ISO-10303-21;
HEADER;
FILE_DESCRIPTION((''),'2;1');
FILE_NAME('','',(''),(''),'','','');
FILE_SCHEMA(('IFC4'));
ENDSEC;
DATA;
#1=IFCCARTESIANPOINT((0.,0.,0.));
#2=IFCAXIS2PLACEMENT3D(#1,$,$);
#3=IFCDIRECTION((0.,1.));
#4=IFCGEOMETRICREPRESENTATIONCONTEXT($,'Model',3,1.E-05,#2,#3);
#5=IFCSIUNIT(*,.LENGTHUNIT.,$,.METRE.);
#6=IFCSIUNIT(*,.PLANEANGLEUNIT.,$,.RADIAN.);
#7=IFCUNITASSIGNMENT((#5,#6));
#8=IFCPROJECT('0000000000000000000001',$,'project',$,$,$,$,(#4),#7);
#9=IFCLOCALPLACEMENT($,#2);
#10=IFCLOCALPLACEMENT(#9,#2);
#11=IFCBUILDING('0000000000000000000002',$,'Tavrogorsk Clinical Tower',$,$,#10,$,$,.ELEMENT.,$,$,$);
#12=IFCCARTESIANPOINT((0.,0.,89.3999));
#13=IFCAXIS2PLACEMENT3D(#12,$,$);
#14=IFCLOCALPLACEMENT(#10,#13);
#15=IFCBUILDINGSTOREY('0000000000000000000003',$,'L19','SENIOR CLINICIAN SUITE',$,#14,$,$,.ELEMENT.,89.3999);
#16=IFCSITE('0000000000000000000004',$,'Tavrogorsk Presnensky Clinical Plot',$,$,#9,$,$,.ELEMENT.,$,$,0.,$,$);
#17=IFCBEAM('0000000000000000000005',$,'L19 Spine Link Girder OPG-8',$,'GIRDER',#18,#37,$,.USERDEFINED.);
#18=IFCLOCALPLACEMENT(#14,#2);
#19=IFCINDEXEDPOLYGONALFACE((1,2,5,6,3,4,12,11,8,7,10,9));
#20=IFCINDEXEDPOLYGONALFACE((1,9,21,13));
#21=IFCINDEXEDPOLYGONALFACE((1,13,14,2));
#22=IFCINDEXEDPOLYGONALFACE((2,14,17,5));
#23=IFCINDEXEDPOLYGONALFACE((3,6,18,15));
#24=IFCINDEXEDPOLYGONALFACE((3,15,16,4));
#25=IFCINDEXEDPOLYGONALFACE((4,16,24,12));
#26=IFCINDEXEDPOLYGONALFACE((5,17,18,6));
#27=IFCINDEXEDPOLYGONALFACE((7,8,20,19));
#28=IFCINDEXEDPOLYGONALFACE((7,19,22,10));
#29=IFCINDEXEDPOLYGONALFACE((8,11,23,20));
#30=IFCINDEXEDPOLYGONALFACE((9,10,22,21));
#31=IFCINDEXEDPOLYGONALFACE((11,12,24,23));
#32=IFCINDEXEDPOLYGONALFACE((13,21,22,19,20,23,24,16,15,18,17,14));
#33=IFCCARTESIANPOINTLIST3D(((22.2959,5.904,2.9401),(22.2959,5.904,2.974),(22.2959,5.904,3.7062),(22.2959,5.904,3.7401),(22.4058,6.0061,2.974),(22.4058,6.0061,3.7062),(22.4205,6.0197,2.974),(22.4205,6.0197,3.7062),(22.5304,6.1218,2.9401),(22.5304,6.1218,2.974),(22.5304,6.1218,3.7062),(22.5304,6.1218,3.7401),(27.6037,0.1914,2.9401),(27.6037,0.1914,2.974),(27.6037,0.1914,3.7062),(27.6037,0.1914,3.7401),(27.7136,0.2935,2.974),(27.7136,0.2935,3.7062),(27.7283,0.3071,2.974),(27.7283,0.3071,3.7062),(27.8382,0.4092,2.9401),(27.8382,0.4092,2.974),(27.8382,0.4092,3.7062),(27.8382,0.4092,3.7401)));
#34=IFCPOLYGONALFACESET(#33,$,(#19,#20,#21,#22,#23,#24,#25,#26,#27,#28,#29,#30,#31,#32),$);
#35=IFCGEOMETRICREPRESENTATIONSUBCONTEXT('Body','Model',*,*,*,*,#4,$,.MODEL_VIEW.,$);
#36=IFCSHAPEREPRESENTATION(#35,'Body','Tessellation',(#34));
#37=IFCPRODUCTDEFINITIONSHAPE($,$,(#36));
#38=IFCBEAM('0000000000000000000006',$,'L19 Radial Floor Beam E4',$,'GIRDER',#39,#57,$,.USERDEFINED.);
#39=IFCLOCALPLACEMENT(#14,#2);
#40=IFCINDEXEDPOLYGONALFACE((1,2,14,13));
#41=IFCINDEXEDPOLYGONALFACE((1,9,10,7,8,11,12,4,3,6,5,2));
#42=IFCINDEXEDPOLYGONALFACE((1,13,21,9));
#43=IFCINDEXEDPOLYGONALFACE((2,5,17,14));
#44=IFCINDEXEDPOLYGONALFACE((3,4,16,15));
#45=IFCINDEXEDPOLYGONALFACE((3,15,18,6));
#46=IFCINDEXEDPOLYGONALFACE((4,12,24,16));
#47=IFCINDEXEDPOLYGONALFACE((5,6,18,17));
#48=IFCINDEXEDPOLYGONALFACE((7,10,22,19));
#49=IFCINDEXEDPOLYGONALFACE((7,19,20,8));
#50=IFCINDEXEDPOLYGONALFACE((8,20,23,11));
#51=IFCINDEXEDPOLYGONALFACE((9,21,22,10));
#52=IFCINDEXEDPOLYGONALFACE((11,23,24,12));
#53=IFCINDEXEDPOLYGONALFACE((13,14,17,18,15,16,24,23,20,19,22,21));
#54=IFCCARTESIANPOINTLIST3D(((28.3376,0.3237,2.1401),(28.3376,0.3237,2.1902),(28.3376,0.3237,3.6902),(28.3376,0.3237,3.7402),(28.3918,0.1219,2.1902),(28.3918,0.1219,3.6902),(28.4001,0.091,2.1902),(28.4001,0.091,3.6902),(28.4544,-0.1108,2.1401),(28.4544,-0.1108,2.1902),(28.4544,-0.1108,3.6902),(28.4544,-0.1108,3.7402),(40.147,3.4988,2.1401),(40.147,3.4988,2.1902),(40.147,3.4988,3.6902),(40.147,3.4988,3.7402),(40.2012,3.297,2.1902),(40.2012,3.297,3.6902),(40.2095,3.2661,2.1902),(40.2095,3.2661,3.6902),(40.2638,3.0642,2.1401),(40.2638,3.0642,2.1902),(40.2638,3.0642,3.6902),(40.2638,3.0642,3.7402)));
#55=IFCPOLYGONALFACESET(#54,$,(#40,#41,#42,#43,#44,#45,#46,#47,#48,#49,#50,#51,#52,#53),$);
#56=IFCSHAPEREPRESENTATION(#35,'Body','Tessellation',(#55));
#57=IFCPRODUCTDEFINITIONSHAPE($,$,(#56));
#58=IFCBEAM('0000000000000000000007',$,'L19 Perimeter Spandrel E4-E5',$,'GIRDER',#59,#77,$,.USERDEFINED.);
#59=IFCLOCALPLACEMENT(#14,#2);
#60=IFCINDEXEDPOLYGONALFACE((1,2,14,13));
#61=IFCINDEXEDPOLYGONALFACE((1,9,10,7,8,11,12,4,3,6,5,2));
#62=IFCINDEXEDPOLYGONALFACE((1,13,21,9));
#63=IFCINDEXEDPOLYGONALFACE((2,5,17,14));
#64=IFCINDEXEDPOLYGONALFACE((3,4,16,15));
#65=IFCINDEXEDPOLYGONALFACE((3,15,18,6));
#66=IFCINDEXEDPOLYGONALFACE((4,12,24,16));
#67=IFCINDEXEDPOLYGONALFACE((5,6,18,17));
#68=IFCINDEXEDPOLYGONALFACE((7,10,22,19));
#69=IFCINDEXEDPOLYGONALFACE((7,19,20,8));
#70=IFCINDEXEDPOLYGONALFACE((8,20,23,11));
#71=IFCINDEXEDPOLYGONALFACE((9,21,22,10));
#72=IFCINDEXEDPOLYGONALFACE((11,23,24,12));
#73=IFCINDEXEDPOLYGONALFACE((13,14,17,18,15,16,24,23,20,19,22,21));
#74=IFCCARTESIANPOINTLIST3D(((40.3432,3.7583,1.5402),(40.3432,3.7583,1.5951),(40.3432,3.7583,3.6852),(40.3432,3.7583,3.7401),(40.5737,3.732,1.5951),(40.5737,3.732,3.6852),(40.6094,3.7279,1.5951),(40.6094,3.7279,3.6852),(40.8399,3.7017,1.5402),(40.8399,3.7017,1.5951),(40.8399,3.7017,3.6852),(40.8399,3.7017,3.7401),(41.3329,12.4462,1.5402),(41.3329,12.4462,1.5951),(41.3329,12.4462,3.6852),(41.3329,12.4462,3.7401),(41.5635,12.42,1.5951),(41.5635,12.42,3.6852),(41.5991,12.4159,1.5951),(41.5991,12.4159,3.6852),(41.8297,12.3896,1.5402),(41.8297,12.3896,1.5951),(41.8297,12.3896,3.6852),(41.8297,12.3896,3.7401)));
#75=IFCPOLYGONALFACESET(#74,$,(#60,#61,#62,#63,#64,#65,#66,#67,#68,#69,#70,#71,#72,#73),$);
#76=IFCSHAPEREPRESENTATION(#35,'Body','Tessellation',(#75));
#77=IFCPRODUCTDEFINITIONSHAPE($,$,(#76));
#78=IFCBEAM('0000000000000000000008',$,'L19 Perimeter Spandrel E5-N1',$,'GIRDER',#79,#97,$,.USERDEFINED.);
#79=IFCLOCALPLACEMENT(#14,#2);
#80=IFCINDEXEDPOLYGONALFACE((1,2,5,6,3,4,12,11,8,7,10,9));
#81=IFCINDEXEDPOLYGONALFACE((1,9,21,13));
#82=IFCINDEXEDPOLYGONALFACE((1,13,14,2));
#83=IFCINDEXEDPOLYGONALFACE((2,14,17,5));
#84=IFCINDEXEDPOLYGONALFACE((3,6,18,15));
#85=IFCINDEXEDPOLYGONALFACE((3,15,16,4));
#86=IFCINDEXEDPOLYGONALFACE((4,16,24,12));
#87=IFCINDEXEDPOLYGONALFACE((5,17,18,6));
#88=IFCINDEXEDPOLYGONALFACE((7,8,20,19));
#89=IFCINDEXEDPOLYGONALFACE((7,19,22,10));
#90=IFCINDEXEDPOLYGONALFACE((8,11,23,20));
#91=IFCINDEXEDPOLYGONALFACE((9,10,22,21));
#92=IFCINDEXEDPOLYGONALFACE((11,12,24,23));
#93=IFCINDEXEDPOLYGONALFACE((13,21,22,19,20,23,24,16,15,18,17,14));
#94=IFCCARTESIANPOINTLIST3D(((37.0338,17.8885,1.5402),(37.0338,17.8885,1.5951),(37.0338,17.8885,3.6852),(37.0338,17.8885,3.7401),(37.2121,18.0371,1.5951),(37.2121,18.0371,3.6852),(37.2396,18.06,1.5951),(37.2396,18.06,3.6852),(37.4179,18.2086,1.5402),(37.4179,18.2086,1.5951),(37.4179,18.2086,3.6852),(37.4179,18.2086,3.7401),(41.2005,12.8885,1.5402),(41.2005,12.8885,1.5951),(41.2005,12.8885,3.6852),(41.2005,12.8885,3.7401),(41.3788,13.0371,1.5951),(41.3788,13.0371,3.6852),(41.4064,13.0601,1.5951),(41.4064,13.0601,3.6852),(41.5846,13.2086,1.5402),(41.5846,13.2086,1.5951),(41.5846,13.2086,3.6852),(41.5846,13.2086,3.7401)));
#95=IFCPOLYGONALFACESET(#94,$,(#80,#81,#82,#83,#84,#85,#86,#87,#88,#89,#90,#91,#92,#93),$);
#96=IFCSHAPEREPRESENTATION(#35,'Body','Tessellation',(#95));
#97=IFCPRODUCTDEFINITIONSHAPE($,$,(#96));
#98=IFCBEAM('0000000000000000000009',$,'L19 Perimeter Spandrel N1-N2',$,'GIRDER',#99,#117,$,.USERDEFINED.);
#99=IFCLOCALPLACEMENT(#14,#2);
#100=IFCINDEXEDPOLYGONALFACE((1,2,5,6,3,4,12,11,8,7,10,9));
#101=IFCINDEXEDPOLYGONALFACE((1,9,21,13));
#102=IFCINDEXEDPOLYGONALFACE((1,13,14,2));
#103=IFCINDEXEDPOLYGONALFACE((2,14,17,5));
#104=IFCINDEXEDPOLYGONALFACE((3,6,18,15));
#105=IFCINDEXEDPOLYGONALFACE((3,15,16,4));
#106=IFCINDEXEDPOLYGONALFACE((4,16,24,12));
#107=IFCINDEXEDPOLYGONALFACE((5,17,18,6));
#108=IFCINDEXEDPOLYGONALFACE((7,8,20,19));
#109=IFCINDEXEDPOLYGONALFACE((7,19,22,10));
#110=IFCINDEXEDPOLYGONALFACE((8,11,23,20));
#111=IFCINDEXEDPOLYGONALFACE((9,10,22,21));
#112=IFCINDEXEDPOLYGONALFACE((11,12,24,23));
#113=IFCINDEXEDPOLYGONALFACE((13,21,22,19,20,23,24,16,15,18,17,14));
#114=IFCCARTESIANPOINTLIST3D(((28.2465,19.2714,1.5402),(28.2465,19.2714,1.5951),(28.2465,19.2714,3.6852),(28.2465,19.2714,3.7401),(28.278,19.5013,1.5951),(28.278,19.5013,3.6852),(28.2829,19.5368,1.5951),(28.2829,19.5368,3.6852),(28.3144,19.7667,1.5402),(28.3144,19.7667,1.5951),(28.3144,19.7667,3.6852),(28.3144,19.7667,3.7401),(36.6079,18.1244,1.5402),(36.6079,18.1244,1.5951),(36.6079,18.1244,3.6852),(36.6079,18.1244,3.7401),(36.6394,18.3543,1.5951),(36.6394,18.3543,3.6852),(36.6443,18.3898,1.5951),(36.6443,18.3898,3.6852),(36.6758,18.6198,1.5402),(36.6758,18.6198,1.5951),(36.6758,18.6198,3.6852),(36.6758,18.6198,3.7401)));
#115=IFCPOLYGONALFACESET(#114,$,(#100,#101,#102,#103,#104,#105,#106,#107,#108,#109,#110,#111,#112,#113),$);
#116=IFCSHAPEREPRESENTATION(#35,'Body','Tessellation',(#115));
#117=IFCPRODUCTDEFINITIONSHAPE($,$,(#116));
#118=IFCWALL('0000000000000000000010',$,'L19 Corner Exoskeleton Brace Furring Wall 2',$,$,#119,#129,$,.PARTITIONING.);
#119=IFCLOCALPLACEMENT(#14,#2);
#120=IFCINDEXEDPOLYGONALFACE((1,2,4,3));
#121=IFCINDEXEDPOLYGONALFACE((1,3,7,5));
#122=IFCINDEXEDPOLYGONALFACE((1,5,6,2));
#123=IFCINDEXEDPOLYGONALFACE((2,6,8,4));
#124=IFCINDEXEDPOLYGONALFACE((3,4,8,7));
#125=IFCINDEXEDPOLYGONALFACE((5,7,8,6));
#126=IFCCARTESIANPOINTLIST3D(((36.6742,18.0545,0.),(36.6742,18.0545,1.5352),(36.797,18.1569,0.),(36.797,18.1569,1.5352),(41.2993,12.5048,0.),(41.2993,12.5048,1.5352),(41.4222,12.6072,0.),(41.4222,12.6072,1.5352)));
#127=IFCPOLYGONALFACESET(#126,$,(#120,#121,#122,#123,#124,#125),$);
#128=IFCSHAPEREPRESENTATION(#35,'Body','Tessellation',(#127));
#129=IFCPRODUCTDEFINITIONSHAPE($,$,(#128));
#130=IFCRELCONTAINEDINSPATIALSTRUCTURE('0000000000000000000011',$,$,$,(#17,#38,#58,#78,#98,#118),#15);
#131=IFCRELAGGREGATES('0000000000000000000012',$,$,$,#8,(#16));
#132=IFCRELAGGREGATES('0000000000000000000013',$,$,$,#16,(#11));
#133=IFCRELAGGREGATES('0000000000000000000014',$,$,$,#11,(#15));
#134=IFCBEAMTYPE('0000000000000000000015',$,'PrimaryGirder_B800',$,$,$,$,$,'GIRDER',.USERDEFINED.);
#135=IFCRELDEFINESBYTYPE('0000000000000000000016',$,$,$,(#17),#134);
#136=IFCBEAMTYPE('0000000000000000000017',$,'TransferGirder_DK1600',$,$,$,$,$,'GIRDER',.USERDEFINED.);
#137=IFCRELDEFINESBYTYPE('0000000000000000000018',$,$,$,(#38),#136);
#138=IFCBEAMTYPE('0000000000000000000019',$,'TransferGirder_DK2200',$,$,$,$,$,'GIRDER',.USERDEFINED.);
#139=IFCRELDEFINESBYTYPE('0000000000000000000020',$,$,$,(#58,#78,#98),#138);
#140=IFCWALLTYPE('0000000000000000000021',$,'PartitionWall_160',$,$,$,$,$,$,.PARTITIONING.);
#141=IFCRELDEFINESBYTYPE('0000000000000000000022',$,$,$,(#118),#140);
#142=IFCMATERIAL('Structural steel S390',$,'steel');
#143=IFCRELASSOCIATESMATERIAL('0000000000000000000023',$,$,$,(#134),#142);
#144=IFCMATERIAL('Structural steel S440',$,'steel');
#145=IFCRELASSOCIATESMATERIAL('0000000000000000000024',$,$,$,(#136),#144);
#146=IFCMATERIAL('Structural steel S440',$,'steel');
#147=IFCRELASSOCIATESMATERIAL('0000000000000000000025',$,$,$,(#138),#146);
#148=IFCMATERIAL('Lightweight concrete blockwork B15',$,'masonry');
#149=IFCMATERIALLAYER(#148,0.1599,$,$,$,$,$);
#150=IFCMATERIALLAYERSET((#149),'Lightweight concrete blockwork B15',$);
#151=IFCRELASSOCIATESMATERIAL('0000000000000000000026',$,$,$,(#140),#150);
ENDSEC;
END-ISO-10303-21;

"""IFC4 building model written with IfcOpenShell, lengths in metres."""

from ifc_helpers import new_model, si_unit, direction, frame, frame_2d, origin, origin_2d, place, context, subcontext, project, spatial, rectangle, i_section, extrude, material, layer, layer_set, material_profile, profile_set, type_object, element, save


model = new_model("IFC4")

# Units and contexts
model_context = context("Model", 3, precision=1e-05, world=origin(), true_north=direction((0.0, 1.0)))
body_context = subcontext(model_context, "Body", "Model", "MODEL_VIEW")
ifc_project = project(units=[si_unit("LENGTHUNIT", "METRE"), si_unit("PLANEANGLEUNIT", "RADIAN")], contexts=[model_context])

# Site, building, storey
site_placement = place(None, origin())
site = spatial("IfcSite", under=ifc_project, at=site_placement, Name="Tavrogorsk Presnensky Clinical Plot", CompositionType="ELEMENT", RefElevation=0.0)
building_placement = place(site_placement, origin())
building = spatial("IfcBuilding", under=site, at=building_placement, Name="Tavrogorsk Clinical Tower", CompositionType="ELEMENT")
storey_placement = place(building_placement, frame((0.0, 0.0, 89.3999)))
storey = spatial("IfcBuildingStorey", under=building, at=storey_placement, Name="L19", Description="SENIOR CLINICIAN SUITE", CompositionType="ELEMENT", Elevation=89.3999)

# Beams
ifc_material_1 = material(Name="Structural steel S390", Category="steel")
ifc_material_profile_1 = material_profile(ifc_material_1, i_section(OverallWidth=0.3201, OverallDepth=0.8, WebThickness=0.02, FlangeThickness=0.0339, at=origin_2d()), Name="B-800x320x20x34")
ifc_profile_set_1 = profile_set([ifc_material_profile_1], Name="Structural steel S390")
beam_type_1 = type_object("IfcBeamType", Name="PrimaryGirder_B800", ElementType="GIRDER", PredefinedType="USERDEFINED", material=ifc_profile_set_1)
beam_1_placement = place(storey_placement, frame((27.7209, 0.3003, 3.3401), z_axis=(-0.680676, 0.732585, 0.0), x_axis=(-0.732585, -0.680676, 0.0)))
element("IfcBeam", 1, at=beam_1_placement, inside=storey, type_object=beam_type_1, Name="L19 Spine Link Girder OPG-8", ObjectType="GIRDER", PredefinedType="USERDEFINED", context=body_context, shape_type="SweptSolid", body=[
    extrude(i_section(OverallWidth=0.3201, OverallDepth=0.8, WebThickness=0.02, FlangeThickness=0.0339, at=origin_2d()), origin(), (0.0, 0.0, 1.0), 7.7979),
])
ifc_material_2 = material(Name="Structural steel S440", Category="steel")
ifc_material_profile_2 = material_profile(ifc_material_2, i_section(OverallWidth=0.45, OverallDepth=1.6001, WebThickness=0.032, FlangeThickness=0.05, at=origin_2d()), Name="DK-1600x450x32x50")
ifc_profile_set_2 = profile_set([ifc_material_profile_2], Name="Structural steel S440")
beam_type_2 = type_object("IfcBeamType", Name="TransferGirder_DK1600", ElementType="GIRDER", PredefinedType="USERDEFINED", material=ifc_profile_set_2)
beam_2_placement = place(storey_placement, frame((28.396, 0.1064, 2.9402), z_axis=(0.965706, 0.259639, 0.0), x_axis=(-0.259639, 0.965706, 0.0)))
element("IfcBeam", 2, at=beam_2_placement, inside=storey, type_object=beam_type_2, Name="L19 Radial Floor Beam E4", ObjectType="GIRDER", PredefinedType="USERDEFINED", context=body_context, shape_type="SweptSolid", body=[
    extrude(i_section(OverallWidth=0.45, OverallDepth=1.6001, WebThickness=0.032, FlangeThickness=0.05, at=origin_2d()), origin(), (0.0, 0.0, 1.0), 12.2288),
])
ifc_material_3 = material(Name="Structural steel S440", Category="steel")
ifc_material_profile_3 = material_profile(ifc_material_3, i_section(OverallWidth=0.5, OverallDepth=2.2, WebThickness=0.0359, FlangeThickness=0.0549, at=origin_2d()), Name="DK-2200x500x36x55")
ifc_profile_set_3 = profile_set([ifc_material_profile_3], Name="Structural steel S440")
beam_type_3 = type_object("IfcBeamType", Name="TransferGirder_DK2200", ElementType="GIRDER", PredefinedType="USERDEFINED", material=ifc_profile_set_3)
beam_3_placement = place(storey_placement, frame((40.5916, 3.73, 2.6401), z_axis=(0.113189, 0.993573, 0.0), x_axis=(-0.993573, 0.113189, 0.0)))
element("IfcBeam", 3, at=beam_3_placement, inside=storey, type_object=beam_type_3, Name="L19 Perimeter Spandrel E4-E5", ObjectType="GIRDER", PredefinedType="USERDEFINED", context=body_context, shape_type="SweptSolid", body=[
    extrude(i_section(OverallWidth=0.5, OverallDepth=2.2, WebThickness=0.0359, FlangeThickness=0.0549, at=origin_2d()), origin(), (0.0, 0.0, 1.0), 8.7441),
])
beam_4_placement = place(storey_placement, frame((41.3926, 13.0486, 2.6401), z_axis=(-0.640192, 0.768215, 0.0), x_axis=(-0.768215, -0.640192, 0.0)))
element("IfcBeam", 4, at=beam_4_placement, inside=storey, type_object=beam_type_3, Name="L19 Perimeter Spandrel E5-N1", ObjectType="GIRDER", PredefinedType="USERDEFINED", context=body_context, shape_type="SweptSolid", body=[
    extrude(i_section(OverallWidth=0.5, OverallDepth=2.2, WebThickness=0.0359, FlangeThickness=0.0549, at=origin_2d()), origin(), (0.0, 0.0, 1.0), 6.5085),
])
beam_5_placement = place(storey_placement, frame((36.6418, 18.3721, 2.6401), z_axis=(-0.990722, 0.135903, 0.0), x_axis=(-0.135903, -0.990722, 0.0)))
element("IfcBeam", 5, at=beam_5_placement, inside=storey, type_object=beam_type_3, Name="L19 Perimeter Spandrel N1-N2", ObjectType="GIRDER", PredefinedType="USERDEFINED", context=body_context, shape_type="SweptSolid", body=[
    extrude(i_section(OverallWidth=0.5, OverallDepth=2.2, WebThickness=0.0359, FlangeThickness=0.0549, at=origin_2d()), origin(), (0.0, 0.0, 1.0), 8.4397),
])

# Wall
ifc_material_4 = material(Name="Lightweight concrete blockwork B15", Category="masonry")
ifc_layer_1 = layer(ifc_material_4, 0.1599)
ifc_layer_set_1 = layer_set([ifc_layer_1], Name="Lightweight concrete blockwork B15")
wall_type_1 = type_object("IfcWallType", Name="PartitionWall_160", PredefinedType="PARTITIONING", material=ifc_layer_set_1)
wall_1_placement = place(storey_placement, frame((41.3608, 12.5559, 0.0), z_axis=(0.0, 0.0, 1.0), x_axis=(-0.640218, 0.768194, 0.0)))
element("IfcWall", 6, at=wall_1_placement, inside=storey, type_object=wall_type_1, Name="L19 Corner Exoskeleton Brace Furring Wall 2", PredefinedType="PARTITIONING", context=body_context, shape_type="SweptSolid", body=[
    extrude(rectangle(XDim=7.2244, YDim=0.1599, at=frame_2d((3.6123, 0.0))), origin(), (0.0, 0.0, 1.0), 1.5352),
])

save(model, "model.ifc")
